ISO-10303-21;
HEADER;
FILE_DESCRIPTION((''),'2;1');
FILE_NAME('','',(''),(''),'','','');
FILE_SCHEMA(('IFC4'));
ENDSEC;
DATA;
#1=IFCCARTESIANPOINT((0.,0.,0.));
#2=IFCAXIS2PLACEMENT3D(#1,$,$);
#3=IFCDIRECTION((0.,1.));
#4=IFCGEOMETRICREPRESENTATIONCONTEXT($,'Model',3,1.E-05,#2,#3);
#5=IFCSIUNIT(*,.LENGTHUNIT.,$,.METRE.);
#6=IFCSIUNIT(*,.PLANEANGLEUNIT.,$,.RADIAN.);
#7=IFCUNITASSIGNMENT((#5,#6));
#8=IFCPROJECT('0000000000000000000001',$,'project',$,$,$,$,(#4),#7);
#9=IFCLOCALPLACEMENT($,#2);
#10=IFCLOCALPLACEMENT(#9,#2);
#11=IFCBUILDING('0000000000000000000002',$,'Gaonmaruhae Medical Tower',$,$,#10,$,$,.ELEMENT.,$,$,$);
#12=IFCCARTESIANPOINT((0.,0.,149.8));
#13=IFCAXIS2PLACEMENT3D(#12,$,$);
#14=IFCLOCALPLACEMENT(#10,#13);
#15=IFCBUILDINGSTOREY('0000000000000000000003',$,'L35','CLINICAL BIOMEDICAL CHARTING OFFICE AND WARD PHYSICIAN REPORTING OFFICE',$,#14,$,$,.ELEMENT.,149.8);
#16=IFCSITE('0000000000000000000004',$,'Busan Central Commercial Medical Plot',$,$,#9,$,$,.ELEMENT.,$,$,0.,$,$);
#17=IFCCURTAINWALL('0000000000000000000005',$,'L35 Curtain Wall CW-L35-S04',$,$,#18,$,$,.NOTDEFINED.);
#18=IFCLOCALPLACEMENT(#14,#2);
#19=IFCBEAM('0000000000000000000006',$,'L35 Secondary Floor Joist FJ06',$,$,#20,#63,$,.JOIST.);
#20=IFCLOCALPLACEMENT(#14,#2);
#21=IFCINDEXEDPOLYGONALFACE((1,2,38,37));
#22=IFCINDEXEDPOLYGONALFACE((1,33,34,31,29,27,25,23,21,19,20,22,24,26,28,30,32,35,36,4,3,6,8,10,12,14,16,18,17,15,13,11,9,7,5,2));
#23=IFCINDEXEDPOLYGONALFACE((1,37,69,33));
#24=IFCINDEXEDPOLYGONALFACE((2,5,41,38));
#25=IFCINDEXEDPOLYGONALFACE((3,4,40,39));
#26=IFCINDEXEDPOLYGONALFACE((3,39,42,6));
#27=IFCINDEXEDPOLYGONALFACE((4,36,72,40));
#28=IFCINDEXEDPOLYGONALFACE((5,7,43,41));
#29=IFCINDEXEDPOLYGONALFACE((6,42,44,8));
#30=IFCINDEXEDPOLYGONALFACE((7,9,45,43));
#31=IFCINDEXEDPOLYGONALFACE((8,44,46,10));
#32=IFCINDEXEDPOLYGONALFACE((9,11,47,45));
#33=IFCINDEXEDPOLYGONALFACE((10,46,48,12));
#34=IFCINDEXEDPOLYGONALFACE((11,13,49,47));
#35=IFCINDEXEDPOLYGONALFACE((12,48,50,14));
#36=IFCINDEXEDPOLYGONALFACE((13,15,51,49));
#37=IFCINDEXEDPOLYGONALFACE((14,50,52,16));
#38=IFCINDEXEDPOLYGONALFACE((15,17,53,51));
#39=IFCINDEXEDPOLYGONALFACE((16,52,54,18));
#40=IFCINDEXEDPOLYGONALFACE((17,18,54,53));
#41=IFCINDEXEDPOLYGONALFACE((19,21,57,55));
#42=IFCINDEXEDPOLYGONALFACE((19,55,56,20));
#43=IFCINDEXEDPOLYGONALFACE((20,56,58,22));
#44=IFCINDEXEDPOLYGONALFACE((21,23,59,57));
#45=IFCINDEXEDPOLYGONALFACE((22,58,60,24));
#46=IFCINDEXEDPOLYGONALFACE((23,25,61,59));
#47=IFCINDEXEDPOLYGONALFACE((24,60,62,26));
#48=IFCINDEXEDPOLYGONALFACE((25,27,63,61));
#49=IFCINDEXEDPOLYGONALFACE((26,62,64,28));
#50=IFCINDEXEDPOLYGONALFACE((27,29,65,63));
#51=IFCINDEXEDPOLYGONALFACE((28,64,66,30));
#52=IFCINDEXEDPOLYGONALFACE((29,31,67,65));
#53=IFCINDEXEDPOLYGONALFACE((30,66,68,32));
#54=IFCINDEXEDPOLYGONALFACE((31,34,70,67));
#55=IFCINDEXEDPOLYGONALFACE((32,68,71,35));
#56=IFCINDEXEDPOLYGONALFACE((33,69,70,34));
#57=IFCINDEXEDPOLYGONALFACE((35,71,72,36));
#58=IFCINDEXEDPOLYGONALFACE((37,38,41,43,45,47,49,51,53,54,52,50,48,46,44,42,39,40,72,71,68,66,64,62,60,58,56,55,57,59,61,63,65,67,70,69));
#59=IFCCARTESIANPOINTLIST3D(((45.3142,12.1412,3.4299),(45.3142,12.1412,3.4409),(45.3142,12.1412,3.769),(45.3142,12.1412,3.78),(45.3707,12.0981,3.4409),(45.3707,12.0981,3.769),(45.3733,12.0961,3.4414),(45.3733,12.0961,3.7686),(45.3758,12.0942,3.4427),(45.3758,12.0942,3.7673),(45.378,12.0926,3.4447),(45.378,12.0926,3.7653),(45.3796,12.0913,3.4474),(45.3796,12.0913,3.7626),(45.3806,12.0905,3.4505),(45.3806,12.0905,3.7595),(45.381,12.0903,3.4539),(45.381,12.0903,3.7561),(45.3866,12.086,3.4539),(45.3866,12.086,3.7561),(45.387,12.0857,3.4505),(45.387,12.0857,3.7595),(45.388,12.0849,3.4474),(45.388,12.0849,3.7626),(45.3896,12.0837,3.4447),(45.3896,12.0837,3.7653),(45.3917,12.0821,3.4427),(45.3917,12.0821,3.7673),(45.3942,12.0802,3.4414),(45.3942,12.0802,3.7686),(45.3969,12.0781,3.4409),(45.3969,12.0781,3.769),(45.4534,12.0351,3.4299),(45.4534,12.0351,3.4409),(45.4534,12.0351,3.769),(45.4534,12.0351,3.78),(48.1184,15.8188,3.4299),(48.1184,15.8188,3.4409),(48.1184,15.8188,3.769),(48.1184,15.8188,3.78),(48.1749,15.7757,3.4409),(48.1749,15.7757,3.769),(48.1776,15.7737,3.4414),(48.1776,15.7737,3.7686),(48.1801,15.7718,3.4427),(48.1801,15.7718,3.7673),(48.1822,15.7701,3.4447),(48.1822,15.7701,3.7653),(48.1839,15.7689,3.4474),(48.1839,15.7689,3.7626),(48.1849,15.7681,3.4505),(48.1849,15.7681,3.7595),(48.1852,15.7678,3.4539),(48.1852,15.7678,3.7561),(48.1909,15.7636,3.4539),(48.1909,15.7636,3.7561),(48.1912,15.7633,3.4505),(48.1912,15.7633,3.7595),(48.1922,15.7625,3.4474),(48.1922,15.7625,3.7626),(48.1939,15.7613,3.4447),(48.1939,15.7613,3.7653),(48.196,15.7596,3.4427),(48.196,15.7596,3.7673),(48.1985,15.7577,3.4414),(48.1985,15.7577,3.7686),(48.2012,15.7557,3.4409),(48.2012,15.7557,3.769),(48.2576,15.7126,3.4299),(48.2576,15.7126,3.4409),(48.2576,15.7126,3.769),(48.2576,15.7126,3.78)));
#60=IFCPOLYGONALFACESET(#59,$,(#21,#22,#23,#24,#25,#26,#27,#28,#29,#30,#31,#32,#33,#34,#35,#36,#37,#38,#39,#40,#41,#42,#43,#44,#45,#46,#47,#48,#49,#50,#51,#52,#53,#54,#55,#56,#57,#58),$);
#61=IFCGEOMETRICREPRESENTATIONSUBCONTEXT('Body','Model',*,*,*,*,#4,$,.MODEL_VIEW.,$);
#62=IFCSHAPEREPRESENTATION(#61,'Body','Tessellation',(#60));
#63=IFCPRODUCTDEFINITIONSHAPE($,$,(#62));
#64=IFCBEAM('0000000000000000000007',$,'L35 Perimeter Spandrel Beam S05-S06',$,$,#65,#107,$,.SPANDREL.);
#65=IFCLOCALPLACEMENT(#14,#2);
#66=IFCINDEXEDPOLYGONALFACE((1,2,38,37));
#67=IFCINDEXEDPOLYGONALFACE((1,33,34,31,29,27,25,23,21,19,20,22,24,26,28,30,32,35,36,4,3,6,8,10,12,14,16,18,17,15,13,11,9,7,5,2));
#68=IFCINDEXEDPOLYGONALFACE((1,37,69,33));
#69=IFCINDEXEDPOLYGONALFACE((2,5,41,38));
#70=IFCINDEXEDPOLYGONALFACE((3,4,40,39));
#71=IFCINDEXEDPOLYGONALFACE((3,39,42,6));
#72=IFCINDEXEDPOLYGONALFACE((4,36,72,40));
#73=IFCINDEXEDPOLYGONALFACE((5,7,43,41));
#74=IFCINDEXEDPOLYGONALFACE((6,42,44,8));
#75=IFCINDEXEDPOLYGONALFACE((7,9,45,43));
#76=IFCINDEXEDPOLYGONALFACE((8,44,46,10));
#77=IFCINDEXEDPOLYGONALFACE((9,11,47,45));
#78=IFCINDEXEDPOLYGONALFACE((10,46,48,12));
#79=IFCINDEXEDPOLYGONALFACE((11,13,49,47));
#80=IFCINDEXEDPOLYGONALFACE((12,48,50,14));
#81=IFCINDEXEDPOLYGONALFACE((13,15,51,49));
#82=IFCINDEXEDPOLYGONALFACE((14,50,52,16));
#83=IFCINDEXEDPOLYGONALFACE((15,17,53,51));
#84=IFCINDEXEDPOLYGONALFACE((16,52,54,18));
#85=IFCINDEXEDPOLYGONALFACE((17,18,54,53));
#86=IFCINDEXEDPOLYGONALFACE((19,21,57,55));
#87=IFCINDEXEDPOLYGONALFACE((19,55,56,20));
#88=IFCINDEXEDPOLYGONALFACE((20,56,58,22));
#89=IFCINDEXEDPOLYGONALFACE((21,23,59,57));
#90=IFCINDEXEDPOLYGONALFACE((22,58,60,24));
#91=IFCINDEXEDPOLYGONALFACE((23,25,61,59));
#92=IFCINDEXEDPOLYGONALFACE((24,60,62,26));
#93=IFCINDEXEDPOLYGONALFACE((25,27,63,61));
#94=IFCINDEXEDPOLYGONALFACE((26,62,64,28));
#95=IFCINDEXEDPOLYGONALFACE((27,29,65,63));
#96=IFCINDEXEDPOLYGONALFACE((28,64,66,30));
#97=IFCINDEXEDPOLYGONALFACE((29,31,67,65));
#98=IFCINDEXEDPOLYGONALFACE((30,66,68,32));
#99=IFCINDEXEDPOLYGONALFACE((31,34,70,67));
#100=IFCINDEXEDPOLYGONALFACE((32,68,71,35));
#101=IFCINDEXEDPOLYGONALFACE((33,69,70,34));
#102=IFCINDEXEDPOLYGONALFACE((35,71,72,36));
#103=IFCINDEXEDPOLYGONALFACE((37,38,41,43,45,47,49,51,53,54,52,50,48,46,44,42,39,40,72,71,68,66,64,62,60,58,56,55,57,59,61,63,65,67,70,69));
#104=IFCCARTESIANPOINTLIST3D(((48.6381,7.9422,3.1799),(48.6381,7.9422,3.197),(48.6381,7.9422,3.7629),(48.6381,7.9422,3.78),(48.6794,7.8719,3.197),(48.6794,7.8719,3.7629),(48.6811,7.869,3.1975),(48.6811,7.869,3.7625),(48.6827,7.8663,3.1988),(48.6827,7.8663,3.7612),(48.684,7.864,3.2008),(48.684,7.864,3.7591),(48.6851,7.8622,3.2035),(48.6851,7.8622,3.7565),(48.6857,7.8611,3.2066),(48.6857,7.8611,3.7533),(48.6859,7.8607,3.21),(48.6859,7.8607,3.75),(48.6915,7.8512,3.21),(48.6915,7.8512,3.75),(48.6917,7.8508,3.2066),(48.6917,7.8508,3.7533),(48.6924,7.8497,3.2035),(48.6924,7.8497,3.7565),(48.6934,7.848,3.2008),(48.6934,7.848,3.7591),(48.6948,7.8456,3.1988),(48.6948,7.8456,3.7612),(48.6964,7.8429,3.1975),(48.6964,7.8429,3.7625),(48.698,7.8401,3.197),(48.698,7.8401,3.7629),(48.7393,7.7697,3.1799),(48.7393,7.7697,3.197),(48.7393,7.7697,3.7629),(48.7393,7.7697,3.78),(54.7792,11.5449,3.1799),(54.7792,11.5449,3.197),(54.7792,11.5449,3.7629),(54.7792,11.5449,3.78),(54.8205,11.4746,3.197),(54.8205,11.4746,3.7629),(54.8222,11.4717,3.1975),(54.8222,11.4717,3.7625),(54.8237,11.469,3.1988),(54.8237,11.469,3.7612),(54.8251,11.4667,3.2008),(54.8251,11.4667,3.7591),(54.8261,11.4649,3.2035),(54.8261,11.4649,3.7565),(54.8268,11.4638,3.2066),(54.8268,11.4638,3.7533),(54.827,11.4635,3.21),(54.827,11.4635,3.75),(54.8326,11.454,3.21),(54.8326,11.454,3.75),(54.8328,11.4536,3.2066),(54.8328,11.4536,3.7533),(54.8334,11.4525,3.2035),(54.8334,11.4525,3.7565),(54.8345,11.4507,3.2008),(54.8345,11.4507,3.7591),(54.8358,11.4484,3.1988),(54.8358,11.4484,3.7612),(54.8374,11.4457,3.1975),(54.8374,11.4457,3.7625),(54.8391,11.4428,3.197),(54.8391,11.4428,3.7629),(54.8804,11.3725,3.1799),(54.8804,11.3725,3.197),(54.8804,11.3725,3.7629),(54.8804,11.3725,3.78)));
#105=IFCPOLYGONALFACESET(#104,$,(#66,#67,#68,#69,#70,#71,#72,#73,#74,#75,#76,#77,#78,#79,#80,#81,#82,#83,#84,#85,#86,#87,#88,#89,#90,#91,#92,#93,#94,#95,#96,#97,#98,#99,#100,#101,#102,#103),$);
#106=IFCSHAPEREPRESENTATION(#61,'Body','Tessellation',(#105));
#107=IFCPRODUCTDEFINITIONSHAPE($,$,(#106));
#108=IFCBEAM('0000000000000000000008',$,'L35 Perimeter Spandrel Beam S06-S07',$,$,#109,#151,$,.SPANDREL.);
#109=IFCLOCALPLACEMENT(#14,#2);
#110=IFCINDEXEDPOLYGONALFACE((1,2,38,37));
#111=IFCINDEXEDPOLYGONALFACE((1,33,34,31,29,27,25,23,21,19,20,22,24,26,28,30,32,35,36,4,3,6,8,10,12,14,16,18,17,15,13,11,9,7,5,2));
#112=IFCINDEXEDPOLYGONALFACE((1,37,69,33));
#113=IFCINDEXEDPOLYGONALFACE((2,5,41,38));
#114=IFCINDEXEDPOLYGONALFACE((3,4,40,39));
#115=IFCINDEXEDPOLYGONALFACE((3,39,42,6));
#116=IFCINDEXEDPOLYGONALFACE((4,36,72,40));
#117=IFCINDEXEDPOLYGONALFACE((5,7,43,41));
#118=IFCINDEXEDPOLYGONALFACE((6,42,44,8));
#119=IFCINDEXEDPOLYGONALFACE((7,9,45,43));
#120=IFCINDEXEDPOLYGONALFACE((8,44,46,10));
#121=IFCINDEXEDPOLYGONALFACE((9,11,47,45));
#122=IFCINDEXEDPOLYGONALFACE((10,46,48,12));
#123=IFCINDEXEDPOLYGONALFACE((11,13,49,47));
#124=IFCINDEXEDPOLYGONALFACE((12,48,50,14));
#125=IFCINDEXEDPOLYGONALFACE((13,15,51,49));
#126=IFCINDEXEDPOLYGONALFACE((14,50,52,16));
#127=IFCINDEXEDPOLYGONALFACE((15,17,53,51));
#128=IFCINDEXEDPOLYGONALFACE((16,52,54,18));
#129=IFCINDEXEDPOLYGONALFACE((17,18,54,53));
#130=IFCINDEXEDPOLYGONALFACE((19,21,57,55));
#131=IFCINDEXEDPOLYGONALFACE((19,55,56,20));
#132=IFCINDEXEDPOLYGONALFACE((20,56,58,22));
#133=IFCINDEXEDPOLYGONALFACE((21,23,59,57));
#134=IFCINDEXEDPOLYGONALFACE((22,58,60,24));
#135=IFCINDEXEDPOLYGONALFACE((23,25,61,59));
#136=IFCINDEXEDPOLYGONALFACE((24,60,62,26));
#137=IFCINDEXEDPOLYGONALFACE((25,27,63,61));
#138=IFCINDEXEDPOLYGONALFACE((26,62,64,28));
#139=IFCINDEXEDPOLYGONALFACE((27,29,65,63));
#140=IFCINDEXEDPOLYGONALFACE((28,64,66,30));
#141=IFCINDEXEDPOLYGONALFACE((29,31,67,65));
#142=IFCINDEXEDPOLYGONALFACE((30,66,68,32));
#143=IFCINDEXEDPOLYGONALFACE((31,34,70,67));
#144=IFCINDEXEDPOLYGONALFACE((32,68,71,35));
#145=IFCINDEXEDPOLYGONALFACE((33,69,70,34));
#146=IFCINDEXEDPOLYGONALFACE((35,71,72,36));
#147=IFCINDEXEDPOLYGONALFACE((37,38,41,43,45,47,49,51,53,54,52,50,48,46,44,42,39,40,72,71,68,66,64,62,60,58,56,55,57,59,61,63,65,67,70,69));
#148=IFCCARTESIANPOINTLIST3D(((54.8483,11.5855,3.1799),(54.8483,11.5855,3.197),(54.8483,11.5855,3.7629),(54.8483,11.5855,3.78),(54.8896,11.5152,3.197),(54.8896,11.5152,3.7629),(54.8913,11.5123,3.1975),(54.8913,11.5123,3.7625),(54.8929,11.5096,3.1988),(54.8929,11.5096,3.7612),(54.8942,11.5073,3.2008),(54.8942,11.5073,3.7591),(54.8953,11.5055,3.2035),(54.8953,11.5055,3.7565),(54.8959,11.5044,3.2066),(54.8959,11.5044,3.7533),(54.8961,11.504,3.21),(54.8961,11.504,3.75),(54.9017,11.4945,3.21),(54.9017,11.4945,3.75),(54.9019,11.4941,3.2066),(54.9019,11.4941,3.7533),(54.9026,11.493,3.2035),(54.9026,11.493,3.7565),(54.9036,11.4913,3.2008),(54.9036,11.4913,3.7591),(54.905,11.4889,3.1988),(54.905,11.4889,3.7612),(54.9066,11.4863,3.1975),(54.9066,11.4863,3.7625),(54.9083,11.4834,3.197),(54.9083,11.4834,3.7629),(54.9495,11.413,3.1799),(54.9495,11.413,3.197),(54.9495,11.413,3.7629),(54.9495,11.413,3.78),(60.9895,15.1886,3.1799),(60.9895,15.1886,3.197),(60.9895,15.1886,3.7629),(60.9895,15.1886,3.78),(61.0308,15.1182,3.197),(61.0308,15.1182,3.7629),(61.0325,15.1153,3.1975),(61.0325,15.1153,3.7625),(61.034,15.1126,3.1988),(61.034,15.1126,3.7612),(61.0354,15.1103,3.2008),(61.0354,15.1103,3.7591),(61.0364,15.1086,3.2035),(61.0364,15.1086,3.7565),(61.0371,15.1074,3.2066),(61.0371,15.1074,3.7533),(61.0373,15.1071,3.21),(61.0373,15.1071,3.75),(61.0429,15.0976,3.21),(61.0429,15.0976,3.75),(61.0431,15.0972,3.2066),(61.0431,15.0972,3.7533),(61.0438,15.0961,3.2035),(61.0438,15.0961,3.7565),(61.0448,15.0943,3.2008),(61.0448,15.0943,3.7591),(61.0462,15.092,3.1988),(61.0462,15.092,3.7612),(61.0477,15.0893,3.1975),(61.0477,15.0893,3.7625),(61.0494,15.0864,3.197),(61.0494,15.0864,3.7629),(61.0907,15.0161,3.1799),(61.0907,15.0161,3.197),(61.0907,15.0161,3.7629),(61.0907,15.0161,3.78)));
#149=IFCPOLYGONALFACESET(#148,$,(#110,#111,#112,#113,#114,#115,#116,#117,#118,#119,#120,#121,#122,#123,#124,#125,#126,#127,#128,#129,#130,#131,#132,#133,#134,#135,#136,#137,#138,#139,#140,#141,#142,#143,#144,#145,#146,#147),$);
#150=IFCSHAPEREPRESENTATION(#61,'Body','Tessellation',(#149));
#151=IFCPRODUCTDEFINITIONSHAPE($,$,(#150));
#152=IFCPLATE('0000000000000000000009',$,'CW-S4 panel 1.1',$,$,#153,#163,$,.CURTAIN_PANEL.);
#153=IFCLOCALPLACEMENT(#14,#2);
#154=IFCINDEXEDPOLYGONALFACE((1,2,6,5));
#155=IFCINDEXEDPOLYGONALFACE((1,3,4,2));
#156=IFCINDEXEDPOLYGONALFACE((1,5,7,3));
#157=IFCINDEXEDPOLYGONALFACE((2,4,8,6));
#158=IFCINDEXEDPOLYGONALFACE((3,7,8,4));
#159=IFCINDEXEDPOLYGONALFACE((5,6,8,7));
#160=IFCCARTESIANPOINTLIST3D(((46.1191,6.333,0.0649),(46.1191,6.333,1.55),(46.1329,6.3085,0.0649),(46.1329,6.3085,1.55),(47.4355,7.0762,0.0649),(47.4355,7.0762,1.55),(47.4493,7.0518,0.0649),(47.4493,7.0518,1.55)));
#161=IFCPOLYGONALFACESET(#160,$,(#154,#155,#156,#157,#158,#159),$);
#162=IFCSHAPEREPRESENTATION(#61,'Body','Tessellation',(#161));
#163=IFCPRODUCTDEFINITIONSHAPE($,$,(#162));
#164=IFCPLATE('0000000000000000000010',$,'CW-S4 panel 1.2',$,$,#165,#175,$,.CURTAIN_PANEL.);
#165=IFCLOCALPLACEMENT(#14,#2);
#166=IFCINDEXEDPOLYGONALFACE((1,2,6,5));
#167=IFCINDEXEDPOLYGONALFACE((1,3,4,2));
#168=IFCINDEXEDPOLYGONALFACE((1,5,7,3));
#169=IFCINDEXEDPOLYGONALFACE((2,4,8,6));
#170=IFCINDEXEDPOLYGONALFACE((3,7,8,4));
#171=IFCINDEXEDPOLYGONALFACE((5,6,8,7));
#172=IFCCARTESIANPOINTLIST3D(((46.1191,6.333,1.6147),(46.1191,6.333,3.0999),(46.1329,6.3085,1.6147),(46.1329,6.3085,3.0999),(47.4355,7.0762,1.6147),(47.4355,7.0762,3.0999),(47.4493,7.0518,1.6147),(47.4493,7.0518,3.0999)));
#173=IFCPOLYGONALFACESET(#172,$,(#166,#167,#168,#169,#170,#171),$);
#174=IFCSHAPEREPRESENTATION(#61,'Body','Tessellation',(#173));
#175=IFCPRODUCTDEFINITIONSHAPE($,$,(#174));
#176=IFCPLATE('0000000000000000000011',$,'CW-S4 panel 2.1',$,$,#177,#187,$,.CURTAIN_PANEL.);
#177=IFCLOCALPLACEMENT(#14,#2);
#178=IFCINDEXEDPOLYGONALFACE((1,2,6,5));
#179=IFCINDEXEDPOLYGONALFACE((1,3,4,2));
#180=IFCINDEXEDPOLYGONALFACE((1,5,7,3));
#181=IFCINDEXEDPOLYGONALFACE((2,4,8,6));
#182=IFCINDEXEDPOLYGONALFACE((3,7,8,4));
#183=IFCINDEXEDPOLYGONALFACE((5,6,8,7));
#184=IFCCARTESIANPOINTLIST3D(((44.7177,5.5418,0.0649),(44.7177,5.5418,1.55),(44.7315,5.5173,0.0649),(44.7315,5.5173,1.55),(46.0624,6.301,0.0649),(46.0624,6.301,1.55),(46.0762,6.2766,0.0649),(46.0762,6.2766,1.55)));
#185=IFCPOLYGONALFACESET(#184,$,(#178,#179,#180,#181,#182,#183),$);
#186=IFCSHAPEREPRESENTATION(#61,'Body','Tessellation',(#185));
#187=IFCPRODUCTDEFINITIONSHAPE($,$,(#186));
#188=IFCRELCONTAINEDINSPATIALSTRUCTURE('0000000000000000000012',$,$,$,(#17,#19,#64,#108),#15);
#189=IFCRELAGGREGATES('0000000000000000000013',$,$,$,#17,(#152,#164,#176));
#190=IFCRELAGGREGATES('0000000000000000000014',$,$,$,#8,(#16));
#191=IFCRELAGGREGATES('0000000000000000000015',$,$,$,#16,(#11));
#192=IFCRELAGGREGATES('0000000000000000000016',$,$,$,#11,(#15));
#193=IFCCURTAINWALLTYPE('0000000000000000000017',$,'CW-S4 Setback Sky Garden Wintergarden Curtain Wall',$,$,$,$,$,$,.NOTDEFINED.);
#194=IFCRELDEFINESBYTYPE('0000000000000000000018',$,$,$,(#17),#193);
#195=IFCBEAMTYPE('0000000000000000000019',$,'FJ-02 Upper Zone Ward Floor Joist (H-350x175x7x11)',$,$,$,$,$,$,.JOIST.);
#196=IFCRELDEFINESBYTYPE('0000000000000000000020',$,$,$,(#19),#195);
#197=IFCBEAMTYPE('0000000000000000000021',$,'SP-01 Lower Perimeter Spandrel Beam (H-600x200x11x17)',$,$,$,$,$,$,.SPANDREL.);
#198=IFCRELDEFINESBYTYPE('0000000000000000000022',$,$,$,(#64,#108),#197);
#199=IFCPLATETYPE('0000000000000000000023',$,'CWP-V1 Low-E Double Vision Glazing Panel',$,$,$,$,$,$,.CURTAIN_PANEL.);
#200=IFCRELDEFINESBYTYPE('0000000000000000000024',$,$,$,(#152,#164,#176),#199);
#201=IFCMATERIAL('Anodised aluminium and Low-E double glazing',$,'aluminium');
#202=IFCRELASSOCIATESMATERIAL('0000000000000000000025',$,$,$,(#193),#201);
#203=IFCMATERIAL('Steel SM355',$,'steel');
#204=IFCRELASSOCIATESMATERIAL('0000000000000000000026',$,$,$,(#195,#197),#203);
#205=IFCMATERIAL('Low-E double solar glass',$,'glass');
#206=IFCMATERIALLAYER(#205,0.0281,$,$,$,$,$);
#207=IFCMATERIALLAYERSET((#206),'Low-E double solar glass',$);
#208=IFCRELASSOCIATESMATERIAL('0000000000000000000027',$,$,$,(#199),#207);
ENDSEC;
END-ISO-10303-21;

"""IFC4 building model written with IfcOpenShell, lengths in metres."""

from ifc_helpers import new_model, si_unit, direction, frame, origin, origin_2d, place, context, subcontext, project, spatial, rectangle, i_section, extrude, material, layer, layer_set, material_profile, profile_set, type_object, element, aggregate, save


model = new_model("IFC4")

# Units and contexts
model_context = context("Model", 3, precision=1e-05, world=origin(), true_north=direction((0.0, 1.0)))
body_context = subcontext(model_context, "Body", "Model", "MODEL_VIEW")
ifc_project = project(units=[si_unit("LENGTHUNIT", "METRE"), si_unit("PLANEANGLEUNIT", "RADIAN")], contexts=[model_context])

# Site, building, storey
site_placement = place(None, origin())
site = spatial("IfcSite", under=ifc_project, at=site_placement, Name="Busan Central Commercial Medical Plot", CompositionType="ELEMENT", RefElevation=0.0)
building_placement = place(site_placement, origin())
building = spatial("IfcBuilding", under=site, at=building_placement, Name="Gaonmaruhae Medical Tower", CompositionType="ELEMENT")
storey_placement = place(building_placement, frame((0.0, 0.0, 149.8)))
storey = spatial("IfcBuildingStorey", under=building, at=storey_placement, Name="L35", Description="CLINICAL BIOMEDICAL CHARTING OFFICE AND WARD PHYSICIAN REPORTING OFFICE", CompositionType="ELEMENT", Elevation=149.8)

# Curtain wall
ifc_material_1 = material(Name="Anodised aluminium and Low-E double glazing", Category="aluminium")
curtain_wall_type = type_object("IfcCurtainWallType", Name="CW-S4 Setback Sky Garden Wintergarden Curtain Wall", PredefinedType="NOTDEFINED", material=ifc_material_1)
curtain_wall_placement = place(storey_placement, origin())
curtain_wall = element("IfcCurtainWall", 1, at=curtain_wall_placement, inside=storey, type_object=curtain_wall_type, Name="L35 Curtain Wall CW-L35-S04", PredefinedType="NOTDEFINED")

# Beams
ifc_material_2 = material(Name="Steel SM355", Category="steel")
ifc_material_profile_1 = material_profile(ifc_material_2, i_section(OverallWidth=0.175, OverallDepth=0.3501, WebThickness=0.0071, FlangeThickness=0.011, FilletRadius=0.0129, at=origin_2d()), Name="H-350x175x7x11")
ifc_profile_set_1 = profile_set([ifc_material_profile_1], Name="Steel SM355")
beam_type_1 = type_object("IfcBeamType", Name="FJ-02 Upper Zone Ward Floor Joist (H-350x175x7x11)", PredefinedType="JOIST", material=ifc_profile_set_1)
beam_1_placement = place(storey_placement, frame((45.3838, 12.0881, 3.605), z_axis=(0.606358, 0.795192, 0.0), x_axis=(-0.795192, 0.606358, 0.0)))
element("IfcBeam", 2, at=beam_1_placement, inside=storey, type_object=beam_type_1, Name="L35 Secondary Floor Joist FJ06", PredefinedType="JOIST", context=body_context, shape_type="SweptSolid", body=[
    extrude(i_section(OverallWidth=0.175, OverallDepth=0.3501, WebThickness=0.0071, FlangeThickness=0.011, FilletRadius=0.0129, at=origin_2d()), origin(), (0.0, 0.0, 1.0), 4.6248),
])
ifc_material_profile_2 = material_profile(ifc_material_2, i_section(OverallWidth=0.2, OverallDepth=0.6001, WebThickness=0.011, FlangeThickness=0.0171, FilletRadius=0.0129, at=origin_2d()), Name="H-600x200x11x17")
ifc_profile_set_2 = profile_set([ifc_material_profile_2], Name="Steel SM355")
beam_type_2 = type_object("IfcBeamType", Name="SP-01 Lower Perimeter Spandrel Beam (H-600x200x11x17)", PredefinedType="SPANDREL", material=ifc_profile_set_2)
beam_2_placement = place(storey_placement, frame((48.6887, 7.856, 3.48), z_axis=(0.862525, 0.506014, 0.0), x_axis=(-0.506014, 0.862525, 0.0)))
element("IfcBeam", 3, at=beam_2_placement, inside=storey, type_object=beam_type_2, Name="L35 Perimeter Spandrel Beam S05-S06", PredefinedType="SPANDREL", context=body_context, shape_type="SweptSolid", body=[
    extrude(i_section(OverallWidth=0.2, OverallDepth=0.6001, WebThickness=0.011, FlangeThickness=0.0171, FilletRadius=0.0129, at=origin_2d()), origin(), (0.0, 0.0, 1.0), 7.1199),
])
beam_3_placement = place(storey_placement, frame((54.8989, 11.4993, 3.48), z_axis=(0.86251, 0.50604, 0.0), x_axis=(-0.50604, 0.86251, 0.0)))
element("IfcBeam", 4, at=beam_3_placement, inside=storey, type_object=beam_type_2, Name="L35 Perimeter Spandrel Beam S06-S07", PredefinedType="SPANDREL", context=body_context, shape_type="SweptSolid", body=[
    extrude(i_section(OverallWidth=0.2, OverallDepth=0.6001, WebThickness=0.011, FlangeThickness=0.0171, FilletRadius=0.0129, at=origin_2d()), origin(), (0.0, 0.0, 1.0), 7.1201),
])

# Plates
ifc_material_3 = material(Name="Low-E double solar glass", Category="glass")
ifc_layer_1 = layer(ifc_material_3, 0.0281)
ifc_layer_set_1 = layer_set([ifc_layer_1], Name="Low-E double solar glass")
plate_type_1 = type_object("IfcPlateType", Name="CWP-V1 Low-E Double Vision Glazing Panel", PredefinedType="CURTAIN_PANEL", material=ifc_layer_set_1)
plate_1_placement = place(storey_placement, frame((46.7842, 6.6924, 0.0649), z_axis=(0.0, 0.0, 1.0), x_axis=(-0.870782, -0.491669, 0.0)))
plate_1 = element("IfcPlate", 5, at=plate_1_placement, type_object=plate_type_1, Name="CW-S4 panel 1.1", PredefinedType="CURTAIN_PANEL", context=body_context, shape_type="SweptSolid", body=[
    extrude(rectangle(XDim=1.5117, YDim=0.0281, at=origin_2d()), origin(), (0.0, 0.0, 1.0), 1.4851),
])
plate_2_placement = place(storey_placement, frame((46.7842, 6.6924, 1.6147), z_axis=(0.0, 0.0, 1.0), x_axis=(-0.870782, -0.491669, 0.0)))
plate_2 = element("IfcPlate", 6, at=plate_2_placement, type_object=plate_type_1, Name="CW-S4 panel 1.2", PredefinedType="CURTAIN_PANEL", context=body_context, shape_type="SweptSolid", body=[
    extrude(rectangle(XDim=1.5117, YDim=0.0281, at=origin_2d()), origin(), (0.0, 0.0, 1.0), 1.4851),
])
plate_3_placement = place(storey_placement, frame((45.397, 5.9092, 0.0649), z_axis=(0.0, 0.0, 1.0), x_axis=(-0.870782, -0.491669, 0.0)))
plate_3 = element("IfcPlate", 7, at=plate_3_placement, type_object=plate_type_1, Name="CW-S4 panel 2.1", PredefinedType="CURTAIN_PANEL", context=body_context, shape_type="SweptSolid", body=[
    extrude(rectangle(XDim=1.5442, YDim=0.0281, at=origin_2d()), origin(), (0.0, 0.0, 1.0), 1.4851),
])
aggregate(curtain_wall, [plate_1, plate_2, plate_3])

save(model, "model.ifc")
